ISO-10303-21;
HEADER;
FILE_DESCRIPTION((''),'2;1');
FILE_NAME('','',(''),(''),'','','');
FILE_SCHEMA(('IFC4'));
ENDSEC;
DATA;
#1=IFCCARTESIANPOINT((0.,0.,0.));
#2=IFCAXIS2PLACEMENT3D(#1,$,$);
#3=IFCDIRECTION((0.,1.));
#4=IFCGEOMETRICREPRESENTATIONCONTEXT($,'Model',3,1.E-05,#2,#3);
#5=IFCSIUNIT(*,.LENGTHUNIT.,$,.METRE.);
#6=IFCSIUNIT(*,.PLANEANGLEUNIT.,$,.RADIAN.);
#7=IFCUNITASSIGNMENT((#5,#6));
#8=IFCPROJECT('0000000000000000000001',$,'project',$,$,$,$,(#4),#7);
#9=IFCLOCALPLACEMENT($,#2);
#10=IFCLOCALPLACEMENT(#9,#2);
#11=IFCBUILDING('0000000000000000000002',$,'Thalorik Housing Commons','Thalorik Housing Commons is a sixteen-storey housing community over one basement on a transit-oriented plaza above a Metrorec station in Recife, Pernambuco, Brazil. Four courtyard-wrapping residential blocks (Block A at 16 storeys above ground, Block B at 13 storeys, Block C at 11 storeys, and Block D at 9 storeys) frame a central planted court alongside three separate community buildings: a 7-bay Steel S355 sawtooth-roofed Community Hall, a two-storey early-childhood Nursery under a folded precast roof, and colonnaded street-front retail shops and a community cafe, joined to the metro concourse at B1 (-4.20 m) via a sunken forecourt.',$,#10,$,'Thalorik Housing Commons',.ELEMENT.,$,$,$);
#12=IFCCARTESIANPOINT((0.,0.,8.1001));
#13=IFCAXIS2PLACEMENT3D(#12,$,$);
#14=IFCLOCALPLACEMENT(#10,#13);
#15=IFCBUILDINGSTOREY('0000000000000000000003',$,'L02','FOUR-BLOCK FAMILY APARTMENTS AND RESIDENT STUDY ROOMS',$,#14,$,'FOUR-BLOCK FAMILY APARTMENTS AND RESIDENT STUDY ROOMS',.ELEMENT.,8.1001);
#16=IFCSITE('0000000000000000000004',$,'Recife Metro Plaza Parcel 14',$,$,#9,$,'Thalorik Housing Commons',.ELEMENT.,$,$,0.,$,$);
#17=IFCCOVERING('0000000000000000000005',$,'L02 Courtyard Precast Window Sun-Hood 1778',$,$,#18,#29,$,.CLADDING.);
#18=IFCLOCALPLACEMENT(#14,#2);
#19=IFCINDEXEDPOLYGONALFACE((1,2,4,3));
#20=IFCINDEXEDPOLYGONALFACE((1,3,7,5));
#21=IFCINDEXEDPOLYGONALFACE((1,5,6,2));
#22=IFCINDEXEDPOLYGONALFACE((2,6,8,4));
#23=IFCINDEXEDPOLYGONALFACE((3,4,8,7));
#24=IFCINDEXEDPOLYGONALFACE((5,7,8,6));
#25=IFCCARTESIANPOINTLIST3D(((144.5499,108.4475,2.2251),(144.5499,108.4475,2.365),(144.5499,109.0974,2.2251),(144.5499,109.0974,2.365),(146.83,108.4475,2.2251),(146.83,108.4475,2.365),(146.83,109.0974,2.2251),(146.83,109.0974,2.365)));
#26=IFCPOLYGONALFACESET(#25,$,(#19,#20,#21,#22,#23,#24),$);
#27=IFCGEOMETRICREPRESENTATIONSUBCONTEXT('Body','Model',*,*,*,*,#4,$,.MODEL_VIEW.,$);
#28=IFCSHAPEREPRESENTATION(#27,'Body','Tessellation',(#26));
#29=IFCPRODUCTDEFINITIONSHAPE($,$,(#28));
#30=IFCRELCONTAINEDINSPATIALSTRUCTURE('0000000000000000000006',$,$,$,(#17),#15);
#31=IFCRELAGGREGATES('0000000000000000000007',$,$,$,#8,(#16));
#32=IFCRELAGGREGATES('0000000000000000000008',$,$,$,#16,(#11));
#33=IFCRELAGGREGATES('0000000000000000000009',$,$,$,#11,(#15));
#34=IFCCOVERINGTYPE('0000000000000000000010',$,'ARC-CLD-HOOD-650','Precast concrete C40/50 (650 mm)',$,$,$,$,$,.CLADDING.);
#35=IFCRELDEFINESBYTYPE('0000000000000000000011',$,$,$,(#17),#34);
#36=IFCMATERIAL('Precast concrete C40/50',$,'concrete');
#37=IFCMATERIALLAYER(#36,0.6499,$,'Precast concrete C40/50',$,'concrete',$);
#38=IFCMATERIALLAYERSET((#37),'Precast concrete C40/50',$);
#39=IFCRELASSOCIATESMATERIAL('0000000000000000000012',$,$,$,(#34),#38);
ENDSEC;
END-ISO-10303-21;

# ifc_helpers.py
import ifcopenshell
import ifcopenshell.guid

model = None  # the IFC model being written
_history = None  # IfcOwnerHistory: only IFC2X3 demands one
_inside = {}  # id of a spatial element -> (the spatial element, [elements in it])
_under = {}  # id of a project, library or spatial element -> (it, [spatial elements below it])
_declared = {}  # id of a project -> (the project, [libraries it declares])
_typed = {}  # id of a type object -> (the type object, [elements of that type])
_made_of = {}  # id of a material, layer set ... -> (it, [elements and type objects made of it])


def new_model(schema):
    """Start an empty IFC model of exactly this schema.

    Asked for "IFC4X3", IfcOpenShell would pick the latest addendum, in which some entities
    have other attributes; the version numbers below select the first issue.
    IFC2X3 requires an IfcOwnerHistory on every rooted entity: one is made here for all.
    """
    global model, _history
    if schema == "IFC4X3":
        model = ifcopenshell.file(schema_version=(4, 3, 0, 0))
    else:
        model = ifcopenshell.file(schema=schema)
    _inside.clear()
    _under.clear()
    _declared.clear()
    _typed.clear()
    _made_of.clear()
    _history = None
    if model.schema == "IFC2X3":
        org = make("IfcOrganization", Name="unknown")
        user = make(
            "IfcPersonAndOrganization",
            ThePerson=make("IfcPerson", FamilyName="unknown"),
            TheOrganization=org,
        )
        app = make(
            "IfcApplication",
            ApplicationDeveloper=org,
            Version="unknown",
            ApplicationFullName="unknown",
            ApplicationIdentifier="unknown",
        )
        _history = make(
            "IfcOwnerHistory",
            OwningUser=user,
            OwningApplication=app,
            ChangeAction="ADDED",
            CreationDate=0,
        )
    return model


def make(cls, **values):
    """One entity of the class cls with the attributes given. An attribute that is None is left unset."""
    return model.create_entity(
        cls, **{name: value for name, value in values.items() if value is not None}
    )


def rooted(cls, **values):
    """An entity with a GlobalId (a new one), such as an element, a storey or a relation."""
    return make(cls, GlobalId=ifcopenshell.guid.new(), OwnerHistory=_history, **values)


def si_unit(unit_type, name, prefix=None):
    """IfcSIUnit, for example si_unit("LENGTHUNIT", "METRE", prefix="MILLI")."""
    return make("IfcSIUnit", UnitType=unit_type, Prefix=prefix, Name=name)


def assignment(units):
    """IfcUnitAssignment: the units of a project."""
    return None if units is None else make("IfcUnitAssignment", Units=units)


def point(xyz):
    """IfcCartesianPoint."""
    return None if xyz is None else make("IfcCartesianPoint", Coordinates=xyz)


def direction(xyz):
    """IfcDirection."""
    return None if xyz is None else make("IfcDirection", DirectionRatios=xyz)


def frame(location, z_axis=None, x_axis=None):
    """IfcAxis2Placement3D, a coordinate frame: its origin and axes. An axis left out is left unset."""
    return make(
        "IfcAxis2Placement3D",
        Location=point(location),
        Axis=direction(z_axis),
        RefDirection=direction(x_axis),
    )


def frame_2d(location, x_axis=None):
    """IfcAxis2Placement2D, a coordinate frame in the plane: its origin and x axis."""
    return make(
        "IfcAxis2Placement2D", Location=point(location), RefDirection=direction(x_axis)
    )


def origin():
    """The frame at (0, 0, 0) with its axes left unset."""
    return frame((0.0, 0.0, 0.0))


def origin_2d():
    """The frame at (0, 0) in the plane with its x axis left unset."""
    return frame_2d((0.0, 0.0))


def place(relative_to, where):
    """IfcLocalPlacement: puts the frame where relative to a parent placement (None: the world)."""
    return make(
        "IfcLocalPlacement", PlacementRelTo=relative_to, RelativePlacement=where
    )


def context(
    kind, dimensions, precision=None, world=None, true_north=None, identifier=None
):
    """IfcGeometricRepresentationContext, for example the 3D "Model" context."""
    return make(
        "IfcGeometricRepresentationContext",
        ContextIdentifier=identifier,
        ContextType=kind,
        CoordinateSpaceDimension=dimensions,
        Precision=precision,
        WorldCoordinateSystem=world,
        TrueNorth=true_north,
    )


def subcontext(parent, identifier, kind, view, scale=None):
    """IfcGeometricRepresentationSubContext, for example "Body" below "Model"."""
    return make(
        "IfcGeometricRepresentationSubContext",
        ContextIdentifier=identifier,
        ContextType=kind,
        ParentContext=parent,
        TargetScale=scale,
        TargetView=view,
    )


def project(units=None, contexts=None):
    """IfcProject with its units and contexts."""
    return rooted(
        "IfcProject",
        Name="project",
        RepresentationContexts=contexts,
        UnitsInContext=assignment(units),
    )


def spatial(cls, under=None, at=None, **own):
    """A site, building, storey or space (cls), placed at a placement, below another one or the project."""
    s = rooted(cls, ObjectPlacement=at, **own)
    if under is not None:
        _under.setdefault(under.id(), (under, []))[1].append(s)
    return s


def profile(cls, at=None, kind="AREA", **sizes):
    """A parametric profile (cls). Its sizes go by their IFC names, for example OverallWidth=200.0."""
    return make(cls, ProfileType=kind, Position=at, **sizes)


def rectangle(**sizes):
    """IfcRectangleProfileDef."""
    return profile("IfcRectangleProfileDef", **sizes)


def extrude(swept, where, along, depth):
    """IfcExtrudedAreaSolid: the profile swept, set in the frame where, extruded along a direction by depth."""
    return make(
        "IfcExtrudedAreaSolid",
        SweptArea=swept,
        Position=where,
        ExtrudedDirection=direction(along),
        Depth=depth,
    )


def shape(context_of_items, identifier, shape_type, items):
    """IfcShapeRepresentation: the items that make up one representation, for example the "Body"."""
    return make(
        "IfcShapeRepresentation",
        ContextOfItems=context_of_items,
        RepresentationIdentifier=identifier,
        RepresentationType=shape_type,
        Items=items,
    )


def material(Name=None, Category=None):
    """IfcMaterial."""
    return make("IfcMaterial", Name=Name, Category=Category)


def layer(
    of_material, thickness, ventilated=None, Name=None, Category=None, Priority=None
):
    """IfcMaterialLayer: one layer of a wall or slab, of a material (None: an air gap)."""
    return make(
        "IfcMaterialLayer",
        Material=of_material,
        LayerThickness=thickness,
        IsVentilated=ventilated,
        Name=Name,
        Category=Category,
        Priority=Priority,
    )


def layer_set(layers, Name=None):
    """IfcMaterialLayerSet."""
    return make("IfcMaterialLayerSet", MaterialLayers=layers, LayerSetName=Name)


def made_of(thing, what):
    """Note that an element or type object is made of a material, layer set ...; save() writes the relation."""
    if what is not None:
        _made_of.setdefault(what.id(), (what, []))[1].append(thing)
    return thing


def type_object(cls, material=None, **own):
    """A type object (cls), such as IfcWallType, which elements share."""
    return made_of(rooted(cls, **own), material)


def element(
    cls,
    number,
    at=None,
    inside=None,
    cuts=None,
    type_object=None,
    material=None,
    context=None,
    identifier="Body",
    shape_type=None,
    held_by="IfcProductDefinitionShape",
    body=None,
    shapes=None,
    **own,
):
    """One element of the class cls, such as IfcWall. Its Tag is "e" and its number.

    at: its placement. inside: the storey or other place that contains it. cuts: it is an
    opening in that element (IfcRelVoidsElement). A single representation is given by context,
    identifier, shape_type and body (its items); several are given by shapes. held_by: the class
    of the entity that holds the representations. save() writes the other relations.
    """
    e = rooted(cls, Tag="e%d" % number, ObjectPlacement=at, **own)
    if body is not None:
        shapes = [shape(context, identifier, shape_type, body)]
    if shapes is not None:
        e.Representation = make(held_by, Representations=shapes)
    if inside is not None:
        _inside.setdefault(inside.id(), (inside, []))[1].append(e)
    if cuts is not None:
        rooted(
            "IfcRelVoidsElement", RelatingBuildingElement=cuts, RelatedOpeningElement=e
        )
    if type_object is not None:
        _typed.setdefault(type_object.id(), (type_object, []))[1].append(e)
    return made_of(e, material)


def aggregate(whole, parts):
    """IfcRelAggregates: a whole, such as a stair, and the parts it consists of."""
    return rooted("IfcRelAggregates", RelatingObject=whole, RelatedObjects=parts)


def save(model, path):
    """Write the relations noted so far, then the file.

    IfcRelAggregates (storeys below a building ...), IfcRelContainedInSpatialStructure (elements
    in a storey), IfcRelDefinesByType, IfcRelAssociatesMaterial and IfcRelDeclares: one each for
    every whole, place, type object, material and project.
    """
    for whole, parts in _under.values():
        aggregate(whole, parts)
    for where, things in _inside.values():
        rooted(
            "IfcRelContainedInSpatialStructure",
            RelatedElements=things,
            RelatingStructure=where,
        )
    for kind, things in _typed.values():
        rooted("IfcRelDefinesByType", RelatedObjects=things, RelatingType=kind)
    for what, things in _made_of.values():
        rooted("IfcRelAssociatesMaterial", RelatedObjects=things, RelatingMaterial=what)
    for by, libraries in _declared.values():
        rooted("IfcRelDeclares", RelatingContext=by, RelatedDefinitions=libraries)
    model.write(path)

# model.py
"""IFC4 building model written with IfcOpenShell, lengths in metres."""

from ifc_helpers import new_model, si_unit, direction, frame, origin, origin_2d, place, context, subcontext, project, spatial, rectangle, extrude, material, layer, layer_set, type_object, element, save


model = new_model("IFC4")

# Units and contexts
model_context = context("Model", 3, precision=1e-05, world=origin(), true_north=direction((0.0, 1.0)))
body_context = subcontext(model_context, "Body", "Model", "MODEL_VIEW")
ifc_project = project(units=[si_unit("LENGTHUNIT", "METRE"), si_unit("PLANEANGLEUNIT", "RADIAN")], contexts=[model_context])

# Site, building, storey
site_placement = place(None, origin())
site = spatial("IfcSite", under=ifc_project, at=site_placement, Name="Recife Metro Plaza Parcel 14", LongName="Thalorik Housing Commons", CompositionType="ELEMENT", RefElevation=0.0)
building_placement = place(site_placement, origin())
building = spatial("IfcBuilding", under=site, at=building_placement, Name="Thalorik Housing Commons", Description="Thalorik Housing Commons is a sixteen-storey housing community over one basement on a transit-oriented plaza above a Metrorec station in Recife, Pernambuco, Brazil. Four courtyard-wrapping residential blocks (Block A at 16 storeys above ground, Block B at 13 storeys, Block C at 11 storeys, and Block D at 9 storeys) frame a central planted court alongside three separate community buildings: a 7-bay Steel S355 sawtooth-roofed Community Hall, a two-storey early-childhood Nursery under a folded precast roof, and colonnaded street-front retail shops and a community cafe, joined to the metro concourse at B1 (-4.20 m) via a sunken forecourt.", LongName="Thalorik Housing Commons", CompositionType="ELEMENT")
storey_placement = place(building_placement, frame((0.0, 0.0, 8.1001)))
storey = spatial("IfcBuildingStorey", under=building, at=storey_placement, Name="L02", Description="FOUR-BLOCK FAMILY APARTMENTS AND RESIDENT STUDY ROOMS", LongName="FOUR-BLOCK FAMILY APARTMENTS AND RESIDENT STUDY ROOMS", CompositionType="ELEMENT", Elevation=8.1001)

# Shared definitions
ifc_material_1 = material(Name="Precast concrete C40/50", Category="concrete")

# Covering
ifc_layer_1 = layer(ifc_material_1, 0.6499, Name="Precast concrete C40/50", Category="concrete")
ifc_layer_set_1 = layer_set([ifc_layer_1], Name="Precast concrete C40/50")
covering_type_1 = type_object("IfcCoveringType", Name="ARC-CLD-HOOD-650", Description="Precast concrete C40/50 (650 mm)", PredefinedType="CLADDING", material=ifc_layer_set_1)
covering_1_placement = place(storey_placement, frame((145.6899, 108.7725, 2.2251), z_axis=(0.0, 0.0, 1.0), x_axis=(1.0, 0.0, 0.0)))
element("IfcCovering", 1, at=covering_1_placement, inside=storey, type_object=covering_type_1, Name="L02 Courtyard Precast Window Sun-Hood 1778", PredefinedType="CLADDING", context=body_context, shape_type="SweptSolid", body=[
    extrude(rectangle(XDim=2.28, YDim=0.6499, at=origin_2d()), origin(), (0.0, 0.0, 1.0), 0.1399),
])

save(model, "model.ifc")
